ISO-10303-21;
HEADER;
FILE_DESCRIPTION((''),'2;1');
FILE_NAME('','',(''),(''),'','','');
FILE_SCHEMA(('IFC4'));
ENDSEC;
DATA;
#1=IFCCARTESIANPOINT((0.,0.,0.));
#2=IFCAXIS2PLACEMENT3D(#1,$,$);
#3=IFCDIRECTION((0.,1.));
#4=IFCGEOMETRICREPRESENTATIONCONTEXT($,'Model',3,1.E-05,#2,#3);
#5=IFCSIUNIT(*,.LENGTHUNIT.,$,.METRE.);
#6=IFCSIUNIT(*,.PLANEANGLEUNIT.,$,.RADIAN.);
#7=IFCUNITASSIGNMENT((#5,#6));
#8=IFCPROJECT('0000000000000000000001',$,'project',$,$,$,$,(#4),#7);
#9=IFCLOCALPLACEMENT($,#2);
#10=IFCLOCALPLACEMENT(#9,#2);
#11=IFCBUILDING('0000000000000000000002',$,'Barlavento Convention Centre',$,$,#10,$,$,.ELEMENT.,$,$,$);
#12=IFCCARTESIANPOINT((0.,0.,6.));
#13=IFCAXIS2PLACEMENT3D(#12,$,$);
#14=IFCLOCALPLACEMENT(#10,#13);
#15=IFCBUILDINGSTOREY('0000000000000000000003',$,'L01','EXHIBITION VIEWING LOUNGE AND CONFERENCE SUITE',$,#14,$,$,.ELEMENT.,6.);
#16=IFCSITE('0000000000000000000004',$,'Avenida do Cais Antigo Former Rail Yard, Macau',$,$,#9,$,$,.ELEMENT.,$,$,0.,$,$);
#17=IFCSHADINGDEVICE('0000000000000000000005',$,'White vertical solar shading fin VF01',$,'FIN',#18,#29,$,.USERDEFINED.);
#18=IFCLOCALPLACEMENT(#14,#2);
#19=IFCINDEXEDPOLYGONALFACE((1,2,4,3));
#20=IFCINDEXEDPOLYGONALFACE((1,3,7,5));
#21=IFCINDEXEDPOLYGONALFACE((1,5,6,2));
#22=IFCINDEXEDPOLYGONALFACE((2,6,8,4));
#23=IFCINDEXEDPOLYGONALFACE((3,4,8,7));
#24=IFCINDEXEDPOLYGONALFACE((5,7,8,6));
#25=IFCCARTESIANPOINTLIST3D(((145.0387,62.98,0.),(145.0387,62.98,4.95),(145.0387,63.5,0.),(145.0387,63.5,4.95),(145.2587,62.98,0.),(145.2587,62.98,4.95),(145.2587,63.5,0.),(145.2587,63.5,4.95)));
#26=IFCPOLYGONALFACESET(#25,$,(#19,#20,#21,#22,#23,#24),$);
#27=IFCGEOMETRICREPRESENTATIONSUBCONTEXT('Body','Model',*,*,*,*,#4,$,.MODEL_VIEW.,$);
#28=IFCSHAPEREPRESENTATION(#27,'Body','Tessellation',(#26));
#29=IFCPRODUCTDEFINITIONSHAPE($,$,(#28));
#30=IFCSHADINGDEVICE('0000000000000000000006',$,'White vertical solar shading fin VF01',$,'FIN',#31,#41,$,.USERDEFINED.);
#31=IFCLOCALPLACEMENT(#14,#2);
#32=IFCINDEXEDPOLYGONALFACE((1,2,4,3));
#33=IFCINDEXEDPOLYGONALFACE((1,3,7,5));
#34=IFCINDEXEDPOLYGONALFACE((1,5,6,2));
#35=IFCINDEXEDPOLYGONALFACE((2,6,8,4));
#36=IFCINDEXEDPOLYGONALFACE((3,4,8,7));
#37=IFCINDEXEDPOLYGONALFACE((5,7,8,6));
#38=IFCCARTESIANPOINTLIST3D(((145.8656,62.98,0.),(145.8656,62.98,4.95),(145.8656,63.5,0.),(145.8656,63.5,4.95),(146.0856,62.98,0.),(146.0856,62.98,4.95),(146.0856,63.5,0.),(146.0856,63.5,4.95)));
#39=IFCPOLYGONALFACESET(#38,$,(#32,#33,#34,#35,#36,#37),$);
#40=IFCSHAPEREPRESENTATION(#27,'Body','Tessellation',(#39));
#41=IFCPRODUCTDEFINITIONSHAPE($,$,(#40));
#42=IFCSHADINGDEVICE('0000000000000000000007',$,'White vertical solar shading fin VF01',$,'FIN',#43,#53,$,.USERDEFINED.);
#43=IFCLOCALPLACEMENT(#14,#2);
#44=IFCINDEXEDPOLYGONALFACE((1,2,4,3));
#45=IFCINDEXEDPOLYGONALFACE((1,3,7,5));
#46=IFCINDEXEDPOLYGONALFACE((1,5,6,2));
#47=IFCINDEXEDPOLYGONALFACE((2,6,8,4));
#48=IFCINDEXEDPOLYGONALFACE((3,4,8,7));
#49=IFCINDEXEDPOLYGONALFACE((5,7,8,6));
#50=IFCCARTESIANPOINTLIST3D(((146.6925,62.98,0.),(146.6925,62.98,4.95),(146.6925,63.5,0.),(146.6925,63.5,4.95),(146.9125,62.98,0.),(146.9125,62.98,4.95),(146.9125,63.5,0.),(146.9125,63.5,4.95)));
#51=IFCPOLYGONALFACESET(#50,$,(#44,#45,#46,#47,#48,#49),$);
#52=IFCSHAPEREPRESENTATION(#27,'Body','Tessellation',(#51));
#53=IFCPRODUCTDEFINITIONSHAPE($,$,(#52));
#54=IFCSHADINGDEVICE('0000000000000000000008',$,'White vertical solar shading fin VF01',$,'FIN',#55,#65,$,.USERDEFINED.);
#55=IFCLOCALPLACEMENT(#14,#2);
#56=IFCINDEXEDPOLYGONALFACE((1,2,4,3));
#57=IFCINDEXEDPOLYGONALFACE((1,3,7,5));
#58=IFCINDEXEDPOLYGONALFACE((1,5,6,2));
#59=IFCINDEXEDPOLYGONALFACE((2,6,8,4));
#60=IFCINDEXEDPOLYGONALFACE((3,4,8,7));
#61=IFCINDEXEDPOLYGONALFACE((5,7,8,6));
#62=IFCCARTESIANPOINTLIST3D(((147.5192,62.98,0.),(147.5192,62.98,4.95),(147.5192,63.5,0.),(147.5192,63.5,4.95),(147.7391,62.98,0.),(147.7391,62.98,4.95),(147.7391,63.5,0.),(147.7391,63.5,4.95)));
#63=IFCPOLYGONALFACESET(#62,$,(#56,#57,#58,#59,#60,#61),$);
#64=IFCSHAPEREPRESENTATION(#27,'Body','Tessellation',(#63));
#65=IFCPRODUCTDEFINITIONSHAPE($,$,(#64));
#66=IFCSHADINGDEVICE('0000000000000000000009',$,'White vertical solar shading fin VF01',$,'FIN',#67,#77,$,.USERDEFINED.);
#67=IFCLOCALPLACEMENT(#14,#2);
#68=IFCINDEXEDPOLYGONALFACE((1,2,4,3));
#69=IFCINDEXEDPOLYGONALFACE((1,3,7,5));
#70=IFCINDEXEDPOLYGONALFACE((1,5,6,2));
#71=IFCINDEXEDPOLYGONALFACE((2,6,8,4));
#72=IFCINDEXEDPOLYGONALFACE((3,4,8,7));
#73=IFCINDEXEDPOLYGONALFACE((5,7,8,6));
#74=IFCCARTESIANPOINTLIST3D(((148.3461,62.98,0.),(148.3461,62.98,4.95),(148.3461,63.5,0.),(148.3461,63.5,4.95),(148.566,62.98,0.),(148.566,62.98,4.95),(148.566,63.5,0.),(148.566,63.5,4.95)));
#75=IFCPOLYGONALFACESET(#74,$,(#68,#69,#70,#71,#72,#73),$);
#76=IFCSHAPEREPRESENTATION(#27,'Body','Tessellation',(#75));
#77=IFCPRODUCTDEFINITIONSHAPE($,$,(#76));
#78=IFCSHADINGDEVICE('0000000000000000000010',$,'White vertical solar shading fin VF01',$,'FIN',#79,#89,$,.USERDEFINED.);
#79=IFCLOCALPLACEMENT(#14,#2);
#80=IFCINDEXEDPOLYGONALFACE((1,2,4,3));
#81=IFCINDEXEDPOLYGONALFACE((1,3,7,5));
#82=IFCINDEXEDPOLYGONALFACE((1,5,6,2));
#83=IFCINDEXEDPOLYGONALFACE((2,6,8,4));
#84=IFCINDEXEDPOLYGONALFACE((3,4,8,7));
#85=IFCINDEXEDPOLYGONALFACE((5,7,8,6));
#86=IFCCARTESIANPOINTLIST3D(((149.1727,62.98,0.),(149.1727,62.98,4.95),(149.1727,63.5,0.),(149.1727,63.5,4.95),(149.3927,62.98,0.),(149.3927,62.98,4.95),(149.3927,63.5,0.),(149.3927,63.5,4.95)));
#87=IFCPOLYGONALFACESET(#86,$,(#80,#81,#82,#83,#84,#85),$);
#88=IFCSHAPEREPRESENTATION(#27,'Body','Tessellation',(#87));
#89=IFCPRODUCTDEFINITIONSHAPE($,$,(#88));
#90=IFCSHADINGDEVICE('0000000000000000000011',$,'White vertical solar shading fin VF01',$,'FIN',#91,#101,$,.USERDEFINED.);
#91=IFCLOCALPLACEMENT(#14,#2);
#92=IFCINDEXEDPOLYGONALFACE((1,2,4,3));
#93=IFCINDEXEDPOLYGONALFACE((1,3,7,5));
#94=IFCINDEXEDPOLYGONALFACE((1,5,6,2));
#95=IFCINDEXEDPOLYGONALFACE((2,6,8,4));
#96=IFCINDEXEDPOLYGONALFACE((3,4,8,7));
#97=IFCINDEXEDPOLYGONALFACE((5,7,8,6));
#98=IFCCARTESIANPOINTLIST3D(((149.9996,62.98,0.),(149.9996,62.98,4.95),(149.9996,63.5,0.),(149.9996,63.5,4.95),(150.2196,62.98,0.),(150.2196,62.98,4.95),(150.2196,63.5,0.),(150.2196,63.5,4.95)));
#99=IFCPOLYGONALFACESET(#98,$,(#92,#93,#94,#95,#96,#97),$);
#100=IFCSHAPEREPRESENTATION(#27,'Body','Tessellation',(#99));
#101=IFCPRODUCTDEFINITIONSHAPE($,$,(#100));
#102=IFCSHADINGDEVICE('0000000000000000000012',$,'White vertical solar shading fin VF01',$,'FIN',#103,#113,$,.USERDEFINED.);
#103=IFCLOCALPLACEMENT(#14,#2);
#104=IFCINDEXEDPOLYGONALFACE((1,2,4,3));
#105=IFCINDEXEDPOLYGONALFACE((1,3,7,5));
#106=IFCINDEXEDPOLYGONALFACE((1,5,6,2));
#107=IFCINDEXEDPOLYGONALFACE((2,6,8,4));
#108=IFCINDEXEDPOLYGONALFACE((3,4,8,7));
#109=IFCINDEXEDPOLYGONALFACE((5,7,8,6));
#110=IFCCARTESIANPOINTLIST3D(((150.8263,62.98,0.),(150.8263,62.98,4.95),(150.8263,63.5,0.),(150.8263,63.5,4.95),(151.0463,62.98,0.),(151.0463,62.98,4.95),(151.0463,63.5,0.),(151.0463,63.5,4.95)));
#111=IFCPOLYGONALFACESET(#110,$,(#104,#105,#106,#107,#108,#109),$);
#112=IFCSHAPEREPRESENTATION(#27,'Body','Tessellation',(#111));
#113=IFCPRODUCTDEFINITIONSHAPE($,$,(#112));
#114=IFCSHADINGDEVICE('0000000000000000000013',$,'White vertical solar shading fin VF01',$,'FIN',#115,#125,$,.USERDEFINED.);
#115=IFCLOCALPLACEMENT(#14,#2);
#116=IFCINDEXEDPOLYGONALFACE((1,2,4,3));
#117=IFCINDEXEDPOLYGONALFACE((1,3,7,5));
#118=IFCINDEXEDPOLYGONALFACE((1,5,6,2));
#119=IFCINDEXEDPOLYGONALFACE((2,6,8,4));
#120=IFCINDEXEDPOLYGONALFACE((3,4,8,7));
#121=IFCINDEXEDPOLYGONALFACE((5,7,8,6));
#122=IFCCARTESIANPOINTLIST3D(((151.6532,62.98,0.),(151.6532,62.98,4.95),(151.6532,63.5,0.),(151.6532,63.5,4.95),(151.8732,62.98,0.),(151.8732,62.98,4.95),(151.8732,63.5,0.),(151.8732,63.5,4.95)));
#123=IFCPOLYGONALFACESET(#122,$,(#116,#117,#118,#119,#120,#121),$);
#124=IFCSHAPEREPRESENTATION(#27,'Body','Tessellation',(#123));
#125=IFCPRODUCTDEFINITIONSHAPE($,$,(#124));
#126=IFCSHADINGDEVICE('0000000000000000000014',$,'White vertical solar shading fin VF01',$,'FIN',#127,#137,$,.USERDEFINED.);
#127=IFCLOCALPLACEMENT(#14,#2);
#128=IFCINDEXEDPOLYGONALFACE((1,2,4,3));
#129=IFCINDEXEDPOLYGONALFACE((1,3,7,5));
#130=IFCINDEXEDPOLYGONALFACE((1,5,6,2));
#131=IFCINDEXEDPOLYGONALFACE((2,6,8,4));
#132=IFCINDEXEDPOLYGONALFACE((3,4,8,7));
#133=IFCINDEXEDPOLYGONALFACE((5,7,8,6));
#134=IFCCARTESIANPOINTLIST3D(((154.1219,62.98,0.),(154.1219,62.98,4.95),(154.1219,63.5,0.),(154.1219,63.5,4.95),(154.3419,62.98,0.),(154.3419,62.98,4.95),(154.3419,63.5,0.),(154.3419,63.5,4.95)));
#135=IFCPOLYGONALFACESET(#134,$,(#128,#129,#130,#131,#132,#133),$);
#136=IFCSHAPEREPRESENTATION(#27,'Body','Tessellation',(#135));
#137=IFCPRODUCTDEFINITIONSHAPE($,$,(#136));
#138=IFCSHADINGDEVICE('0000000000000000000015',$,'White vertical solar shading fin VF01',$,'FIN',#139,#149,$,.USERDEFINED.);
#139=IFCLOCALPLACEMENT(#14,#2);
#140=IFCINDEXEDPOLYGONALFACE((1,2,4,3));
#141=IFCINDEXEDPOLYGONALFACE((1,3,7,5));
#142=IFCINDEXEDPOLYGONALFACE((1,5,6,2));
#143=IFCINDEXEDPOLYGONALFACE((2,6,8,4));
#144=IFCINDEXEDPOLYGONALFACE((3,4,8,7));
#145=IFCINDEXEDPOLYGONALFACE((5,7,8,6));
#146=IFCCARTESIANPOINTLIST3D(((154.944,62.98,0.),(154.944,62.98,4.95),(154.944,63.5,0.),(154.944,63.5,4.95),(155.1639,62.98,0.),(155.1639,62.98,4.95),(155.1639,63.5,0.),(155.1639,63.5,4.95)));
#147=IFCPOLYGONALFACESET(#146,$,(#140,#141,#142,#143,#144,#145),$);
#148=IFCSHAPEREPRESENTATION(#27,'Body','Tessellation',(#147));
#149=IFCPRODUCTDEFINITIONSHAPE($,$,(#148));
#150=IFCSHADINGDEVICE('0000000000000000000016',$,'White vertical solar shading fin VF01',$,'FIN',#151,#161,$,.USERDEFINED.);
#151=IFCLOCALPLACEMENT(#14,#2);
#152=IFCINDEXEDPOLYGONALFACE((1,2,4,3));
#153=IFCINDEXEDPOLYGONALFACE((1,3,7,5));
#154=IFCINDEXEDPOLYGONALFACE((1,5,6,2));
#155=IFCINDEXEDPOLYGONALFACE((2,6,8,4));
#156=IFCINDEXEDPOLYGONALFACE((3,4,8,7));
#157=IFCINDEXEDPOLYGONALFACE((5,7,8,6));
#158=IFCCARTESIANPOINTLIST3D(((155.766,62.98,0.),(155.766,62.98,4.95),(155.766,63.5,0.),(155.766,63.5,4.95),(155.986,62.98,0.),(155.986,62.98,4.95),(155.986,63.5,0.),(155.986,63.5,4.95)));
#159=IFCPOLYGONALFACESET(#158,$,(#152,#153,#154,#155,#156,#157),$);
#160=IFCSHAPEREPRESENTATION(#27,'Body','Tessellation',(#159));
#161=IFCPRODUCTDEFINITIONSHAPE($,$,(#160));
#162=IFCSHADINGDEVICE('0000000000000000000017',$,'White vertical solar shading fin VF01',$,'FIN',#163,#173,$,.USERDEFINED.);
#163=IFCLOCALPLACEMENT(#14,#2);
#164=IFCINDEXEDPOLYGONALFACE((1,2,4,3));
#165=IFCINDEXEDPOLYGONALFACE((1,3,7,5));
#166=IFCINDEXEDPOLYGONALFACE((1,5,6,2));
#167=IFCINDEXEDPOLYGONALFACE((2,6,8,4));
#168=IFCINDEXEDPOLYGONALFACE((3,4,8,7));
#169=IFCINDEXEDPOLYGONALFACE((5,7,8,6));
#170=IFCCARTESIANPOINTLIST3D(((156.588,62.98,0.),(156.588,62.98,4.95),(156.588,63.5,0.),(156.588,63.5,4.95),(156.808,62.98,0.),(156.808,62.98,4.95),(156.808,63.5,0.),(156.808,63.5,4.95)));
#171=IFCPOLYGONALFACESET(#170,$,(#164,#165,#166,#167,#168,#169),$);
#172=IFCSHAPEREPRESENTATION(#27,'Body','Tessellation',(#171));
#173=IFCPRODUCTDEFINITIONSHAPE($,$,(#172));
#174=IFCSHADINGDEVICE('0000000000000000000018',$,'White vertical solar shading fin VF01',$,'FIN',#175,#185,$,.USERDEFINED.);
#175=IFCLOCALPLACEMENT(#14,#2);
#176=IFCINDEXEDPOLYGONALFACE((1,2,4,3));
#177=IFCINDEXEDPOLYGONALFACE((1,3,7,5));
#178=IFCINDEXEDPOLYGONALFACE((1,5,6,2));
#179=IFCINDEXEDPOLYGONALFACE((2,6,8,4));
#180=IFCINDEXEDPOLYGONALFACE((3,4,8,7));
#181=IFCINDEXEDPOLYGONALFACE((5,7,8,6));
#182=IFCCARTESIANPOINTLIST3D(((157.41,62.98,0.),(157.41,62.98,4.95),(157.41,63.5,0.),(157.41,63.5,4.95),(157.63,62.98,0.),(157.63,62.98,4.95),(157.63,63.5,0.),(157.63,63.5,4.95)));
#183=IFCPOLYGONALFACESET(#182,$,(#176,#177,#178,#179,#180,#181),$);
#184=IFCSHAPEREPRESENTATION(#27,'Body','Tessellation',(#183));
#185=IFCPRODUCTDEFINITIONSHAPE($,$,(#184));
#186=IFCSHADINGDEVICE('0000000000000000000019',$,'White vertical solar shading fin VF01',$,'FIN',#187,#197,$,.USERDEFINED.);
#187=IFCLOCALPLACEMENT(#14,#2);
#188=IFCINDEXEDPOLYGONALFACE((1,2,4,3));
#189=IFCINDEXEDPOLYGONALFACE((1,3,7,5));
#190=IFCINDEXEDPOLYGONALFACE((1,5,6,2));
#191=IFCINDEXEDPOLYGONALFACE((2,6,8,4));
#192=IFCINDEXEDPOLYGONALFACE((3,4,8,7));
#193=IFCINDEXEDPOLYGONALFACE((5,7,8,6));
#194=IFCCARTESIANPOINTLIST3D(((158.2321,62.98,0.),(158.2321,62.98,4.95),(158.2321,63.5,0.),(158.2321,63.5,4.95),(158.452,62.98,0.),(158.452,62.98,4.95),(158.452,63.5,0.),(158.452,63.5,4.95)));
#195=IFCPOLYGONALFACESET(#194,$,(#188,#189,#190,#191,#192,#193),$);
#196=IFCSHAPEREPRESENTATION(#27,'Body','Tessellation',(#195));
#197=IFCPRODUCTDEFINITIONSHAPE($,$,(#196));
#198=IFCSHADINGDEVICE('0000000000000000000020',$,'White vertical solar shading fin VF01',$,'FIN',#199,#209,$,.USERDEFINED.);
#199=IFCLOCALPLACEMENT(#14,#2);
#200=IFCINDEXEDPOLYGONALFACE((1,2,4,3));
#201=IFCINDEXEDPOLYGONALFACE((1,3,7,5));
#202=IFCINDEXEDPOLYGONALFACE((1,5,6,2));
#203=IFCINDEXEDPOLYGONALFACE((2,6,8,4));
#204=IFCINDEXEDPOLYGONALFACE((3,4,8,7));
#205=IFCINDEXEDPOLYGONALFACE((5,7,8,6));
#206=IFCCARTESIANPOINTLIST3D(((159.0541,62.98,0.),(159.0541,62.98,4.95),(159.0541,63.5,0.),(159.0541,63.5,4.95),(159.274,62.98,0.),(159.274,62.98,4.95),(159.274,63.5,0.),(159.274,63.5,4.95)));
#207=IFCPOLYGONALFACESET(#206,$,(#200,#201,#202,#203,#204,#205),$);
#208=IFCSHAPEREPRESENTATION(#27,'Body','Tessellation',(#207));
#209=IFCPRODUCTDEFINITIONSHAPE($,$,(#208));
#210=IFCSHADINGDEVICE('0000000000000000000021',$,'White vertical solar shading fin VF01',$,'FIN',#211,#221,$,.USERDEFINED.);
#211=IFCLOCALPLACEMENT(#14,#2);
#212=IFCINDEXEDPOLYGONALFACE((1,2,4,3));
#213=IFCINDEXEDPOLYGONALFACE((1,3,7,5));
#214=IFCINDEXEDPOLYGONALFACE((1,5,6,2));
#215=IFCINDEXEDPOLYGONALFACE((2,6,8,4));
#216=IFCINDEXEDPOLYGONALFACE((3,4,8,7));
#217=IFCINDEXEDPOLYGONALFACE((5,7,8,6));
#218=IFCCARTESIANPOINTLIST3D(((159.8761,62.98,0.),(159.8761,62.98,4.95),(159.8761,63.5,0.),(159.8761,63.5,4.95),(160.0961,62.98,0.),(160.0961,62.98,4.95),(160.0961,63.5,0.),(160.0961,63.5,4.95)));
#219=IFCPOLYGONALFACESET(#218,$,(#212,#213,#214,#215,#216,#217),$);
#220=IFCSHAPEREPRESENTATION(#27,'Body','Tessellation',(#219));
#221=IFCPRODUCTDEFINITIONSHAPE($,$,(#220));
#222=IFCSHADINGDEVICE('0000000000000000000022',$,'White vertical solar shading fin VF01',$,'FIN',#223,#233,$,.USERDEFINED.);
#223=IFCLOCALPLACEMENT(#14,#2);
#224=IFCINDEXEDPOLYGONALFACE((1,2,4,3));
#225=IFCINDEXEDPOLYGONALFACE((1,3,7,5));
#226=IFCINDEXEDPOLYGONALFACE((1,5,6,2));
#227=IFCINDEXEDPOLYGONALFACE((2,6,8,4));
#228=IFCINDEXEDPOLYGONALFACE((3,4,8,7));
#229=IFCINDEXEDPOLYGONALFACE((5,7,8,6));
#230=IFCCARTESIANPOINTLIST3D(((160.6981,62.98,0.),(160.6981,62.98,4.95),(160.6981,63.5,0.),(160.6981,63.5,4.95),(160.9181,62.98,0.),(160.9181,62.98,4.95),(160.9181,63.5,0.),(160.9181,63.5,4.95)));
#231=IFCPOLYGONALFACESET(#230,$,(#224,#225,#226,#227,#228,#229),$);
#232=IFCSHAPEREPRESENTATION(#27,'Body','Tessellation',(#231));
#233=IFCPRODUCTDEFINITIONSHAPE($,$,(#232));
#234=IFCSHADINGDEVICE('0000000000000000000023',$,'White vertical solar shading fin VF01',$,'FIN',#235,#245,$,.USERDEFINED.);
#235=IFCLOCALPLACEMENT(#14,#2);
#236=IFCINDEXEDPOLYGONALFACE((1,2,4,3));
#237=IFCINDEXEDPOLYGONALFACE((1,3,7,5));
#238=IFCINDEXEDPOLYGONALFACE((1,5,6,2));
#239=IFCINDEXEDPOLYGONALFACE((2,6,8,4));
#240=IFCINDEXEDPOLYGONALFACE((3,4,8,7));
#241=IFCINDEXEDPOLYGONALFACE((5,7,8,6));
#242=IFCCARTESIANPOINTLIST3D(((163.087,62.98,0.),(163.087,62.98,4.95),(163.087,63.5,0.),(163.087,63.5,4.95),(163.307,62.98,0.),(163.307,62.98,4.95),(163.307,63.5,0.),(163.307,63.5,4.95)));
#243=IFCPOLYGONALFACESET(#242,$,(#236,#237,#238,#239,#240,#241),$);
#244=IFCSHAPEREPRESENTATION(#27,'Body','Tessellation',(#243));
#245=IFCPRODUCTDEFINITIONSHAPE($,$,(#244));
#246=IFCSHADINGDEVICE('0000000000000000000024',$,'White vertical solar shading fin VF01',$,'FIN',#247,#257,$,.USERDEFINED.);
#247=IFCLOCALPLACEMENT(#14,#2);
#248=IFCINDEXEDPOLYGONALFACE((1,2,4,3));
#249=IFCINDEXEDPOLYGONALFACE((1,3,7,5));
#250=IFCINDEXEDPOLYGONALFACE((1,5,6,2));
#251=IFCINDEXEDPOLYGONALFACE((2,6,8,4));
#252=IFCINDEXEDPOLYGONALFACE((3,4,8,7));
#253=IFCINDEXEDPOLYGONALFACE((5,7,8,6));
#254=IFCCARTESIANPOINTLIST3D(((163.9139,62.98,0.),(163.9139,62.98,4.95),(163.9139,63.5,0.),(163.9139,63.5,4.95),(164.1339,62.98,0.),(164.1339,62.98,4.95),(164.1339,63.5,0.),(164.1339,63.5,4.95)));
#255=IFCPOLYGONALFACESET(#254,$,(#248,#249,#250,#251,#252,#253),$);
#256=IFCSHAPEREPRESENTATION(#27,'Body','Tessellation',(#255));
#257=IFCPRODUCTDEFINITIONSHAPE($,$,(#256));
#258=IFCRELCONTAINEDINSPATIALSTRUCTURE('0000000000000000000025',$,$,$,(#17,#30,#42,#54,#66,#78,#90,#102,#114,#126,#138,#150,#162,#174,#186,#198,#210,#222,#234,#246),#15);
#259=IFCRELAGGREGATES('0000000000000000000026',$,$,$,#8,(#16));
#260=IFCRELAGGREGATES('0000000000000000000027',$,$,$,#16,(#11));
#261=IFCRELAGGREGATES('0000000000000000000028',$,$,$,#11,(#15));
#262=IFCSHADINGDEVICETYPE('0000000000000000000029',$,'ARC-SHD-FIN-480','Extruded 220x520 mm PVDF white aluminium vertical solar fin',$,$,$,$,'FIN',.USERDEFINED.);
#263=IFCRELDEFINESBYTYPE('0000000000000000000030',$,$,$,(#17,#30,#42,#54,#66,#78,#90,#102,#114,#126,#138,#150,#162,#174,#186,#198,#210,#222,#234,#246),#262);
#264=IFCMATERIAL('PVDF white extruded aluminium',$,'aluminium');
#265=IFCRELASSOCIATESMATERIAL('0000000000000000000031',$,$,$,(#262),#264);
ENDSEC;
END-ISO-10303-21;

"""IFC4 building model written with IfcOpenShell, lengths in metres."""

from ifc_helpers import new_model, si_unit, direction, frame, origin, origin_2d, place, context, subcontext, project, spatial, rectangle, extrude, material, type_object, element, save


model = new_model("IFC4")

# Units and contexts
model_context = context("Model", 3, precision=1e-05, world=origin(), true_north=direction((0.0, 1.0)))
body_context = subcontext(model_context, "Body", "Model", "MODEL_VIEW")
ifc_project = project(units=[si_unit("LENGTHUNIT", "METRE"), si_unit("PLANEANGLEUNIT", "RADIAN")], contexts=[model_context])

# Site, building, storey
site_placement = place(None, origin())
site = spatial("IfcSite", under=ifc_project, at=site_placement, Name="Avenida do Cais Antigo Former Rail Yard, Macau", CompositionType="ELEMENT", RefElevation=0.0)
building_placement = place(site_placement, origin())
building = spatial("IfcBuilding", under=site, at=building_placement, Name="Barlavento Convention Centre", CompositionType="ELEMENT")
storey_placement = place(building_placement, frame((0.0, 0.0, 6.0)))
storey = spatial("IfcBuildingStorey", under=building, at=storey_placement, Name="L01", Description="EXHIBITION VIEWING LOUNGE AND CONFERENCE SUITE", CompositionType="ELEMENT", Elevation=6.0)

# Shading devices
ifc_material = material(Name="PVDF white extruded aluminium", Category="aluminium")
shading_device_type = type_object("IfcShadingDeviceType", Name="ARC-SHD-FIN-480", Description="Extruded 220x520 mm PVDF white aluminium vertical solar fin", ElementType="FIN", PredefinedType="USERDEFINED", material=ifc_material)
for number, where, z_axis, x_axis, name in (
    (1, (145.1487, 63.24, 0.0), (0.0, 0.0, 1.0), (1.0, 0.0, 0.0), "White vertical solar shading fin VF01"),
    (2, (145.9756, 63.24, 0.0), (0.0, 0.0, 1.0), (1.0, 0.0, 0.0), "White vertical solar shading fin VF01"),
    (3, (146.8025, 63.24, 0.0), (0.0, 0.0, 1.0), (1.0, 0.0, 0.0), "White vertical solar shading fin VF01"),
    (4, (147.6292, 63.24, 0.0), (0.0, 0.0, 1.0), (1.0, 0.0, 0.0), "White vertical solar shading fin VF01"),
    (5, (148.4561, 63.24, 0.0), (0.0, 0.0, 1.0), (1.0, 0.0, 0.0), "White vertical solar shading fin VF01"),
    (6, (149.2827, 63.24, 0.0), (0.0, 0.0, 1.0), (1.0, 0.0, 0.0), "White vertical solar shading fin VF01"),
    (7, (150.1096, 63.24, 0.0), (0.0, 0.0, 1.0), (1.0, 0.0, 0.0), "White vertical solar shading fin VF01"),
    (8, (150.9363, 63.24, 0.0), (0.0, 0.0, 1.0), (1.0, 0.0, 0.0), "White vertical solar shading fin VF01"),
    (9, (151.7632, 63.24, 0.0), (0.0, 0.0, 1.0), (1.0, 0.0, 0.0), "White vertical solar shading fin VF01"),
    (10, (154.2319, 63.24, 0.0), (0.0, 0.0, 1.0), (1.0, 0.0, 0.0), "White vertical solar shading fin VF01"),
    (11, (155.054, 63.24, 0.0), (0.0, 0.0, 1.0), (1.0, 0.0, 0.0), "White vertical solar shading fin VF01"),
    (12, (155.876, 63.24, 0.0), (0.0, 0.0, 1.0), (1.0, 0.0, 0.0), "White vertical solar shading fin VF01"),
    (13, (156.698, 63.24, 0.0), (0.0, 0.0, 1.0), (1.0, 0.0, 0.0), "White vertical solar shading fin VF01"),
    (14, (157.52, 63.24, 0.0), (0.0, 0.0, 1.0), (1.0, 0.0, 0.0), "White vertical solar shading fin VF01"),
    (15, (158.342, 63.24, 0.0), (0.0, 0.0, 1.0), (1.0, 0.0, 0.0), "White vertical solar shading fin VF01"),
    (16, (159.1641, 63.24, 0.0), (0.0, 0.0, 1.0), (1.0, 0.0, 0.0), "White vertical solar shading fin VF01"),
    (17, (159.9861, 63.24, 0.0), (0.0, 0.0, 1.0), (1.0, 0.0, 0.0), "White vertical solar shading fin VF01"),
    (18, (160.8081, 63.24, 0.0), (0.0, 0.0, 1.0), (1.0, 0.0, 0.0), "White vertical solar shading fin VF01"),
    (19, (163.197, 63.24, 0.0), (0.0, 0.0, 1.0), (1.0, 0.0, 0.0), "White vertical solar shading fin VF01"),
    (20, (164.0239, 63.24, 0.0), (0.0, 0.0, 1.0), (1.0, 0.0, 0.0), "White vertical solar shading fin VF01"),
):
    element("IfcShadingDevice", number, at=place(storey_placement, frame(where, z_axis=z_axis, x_axis=x_axis)), inside=storey, type_object=shading_device_type, Name=name, ObjectType="FIN", PredefinedType="USERDEFINED", context=body_context, shape_type="SweptSolid", body=[
        extrude(rectangle(XDim=0.22, YDim=0.52, at=origin_2d()), origin(), (0.0, 0.0, 1.0), 4.95),
    ])

save(model, "model.ifc")
